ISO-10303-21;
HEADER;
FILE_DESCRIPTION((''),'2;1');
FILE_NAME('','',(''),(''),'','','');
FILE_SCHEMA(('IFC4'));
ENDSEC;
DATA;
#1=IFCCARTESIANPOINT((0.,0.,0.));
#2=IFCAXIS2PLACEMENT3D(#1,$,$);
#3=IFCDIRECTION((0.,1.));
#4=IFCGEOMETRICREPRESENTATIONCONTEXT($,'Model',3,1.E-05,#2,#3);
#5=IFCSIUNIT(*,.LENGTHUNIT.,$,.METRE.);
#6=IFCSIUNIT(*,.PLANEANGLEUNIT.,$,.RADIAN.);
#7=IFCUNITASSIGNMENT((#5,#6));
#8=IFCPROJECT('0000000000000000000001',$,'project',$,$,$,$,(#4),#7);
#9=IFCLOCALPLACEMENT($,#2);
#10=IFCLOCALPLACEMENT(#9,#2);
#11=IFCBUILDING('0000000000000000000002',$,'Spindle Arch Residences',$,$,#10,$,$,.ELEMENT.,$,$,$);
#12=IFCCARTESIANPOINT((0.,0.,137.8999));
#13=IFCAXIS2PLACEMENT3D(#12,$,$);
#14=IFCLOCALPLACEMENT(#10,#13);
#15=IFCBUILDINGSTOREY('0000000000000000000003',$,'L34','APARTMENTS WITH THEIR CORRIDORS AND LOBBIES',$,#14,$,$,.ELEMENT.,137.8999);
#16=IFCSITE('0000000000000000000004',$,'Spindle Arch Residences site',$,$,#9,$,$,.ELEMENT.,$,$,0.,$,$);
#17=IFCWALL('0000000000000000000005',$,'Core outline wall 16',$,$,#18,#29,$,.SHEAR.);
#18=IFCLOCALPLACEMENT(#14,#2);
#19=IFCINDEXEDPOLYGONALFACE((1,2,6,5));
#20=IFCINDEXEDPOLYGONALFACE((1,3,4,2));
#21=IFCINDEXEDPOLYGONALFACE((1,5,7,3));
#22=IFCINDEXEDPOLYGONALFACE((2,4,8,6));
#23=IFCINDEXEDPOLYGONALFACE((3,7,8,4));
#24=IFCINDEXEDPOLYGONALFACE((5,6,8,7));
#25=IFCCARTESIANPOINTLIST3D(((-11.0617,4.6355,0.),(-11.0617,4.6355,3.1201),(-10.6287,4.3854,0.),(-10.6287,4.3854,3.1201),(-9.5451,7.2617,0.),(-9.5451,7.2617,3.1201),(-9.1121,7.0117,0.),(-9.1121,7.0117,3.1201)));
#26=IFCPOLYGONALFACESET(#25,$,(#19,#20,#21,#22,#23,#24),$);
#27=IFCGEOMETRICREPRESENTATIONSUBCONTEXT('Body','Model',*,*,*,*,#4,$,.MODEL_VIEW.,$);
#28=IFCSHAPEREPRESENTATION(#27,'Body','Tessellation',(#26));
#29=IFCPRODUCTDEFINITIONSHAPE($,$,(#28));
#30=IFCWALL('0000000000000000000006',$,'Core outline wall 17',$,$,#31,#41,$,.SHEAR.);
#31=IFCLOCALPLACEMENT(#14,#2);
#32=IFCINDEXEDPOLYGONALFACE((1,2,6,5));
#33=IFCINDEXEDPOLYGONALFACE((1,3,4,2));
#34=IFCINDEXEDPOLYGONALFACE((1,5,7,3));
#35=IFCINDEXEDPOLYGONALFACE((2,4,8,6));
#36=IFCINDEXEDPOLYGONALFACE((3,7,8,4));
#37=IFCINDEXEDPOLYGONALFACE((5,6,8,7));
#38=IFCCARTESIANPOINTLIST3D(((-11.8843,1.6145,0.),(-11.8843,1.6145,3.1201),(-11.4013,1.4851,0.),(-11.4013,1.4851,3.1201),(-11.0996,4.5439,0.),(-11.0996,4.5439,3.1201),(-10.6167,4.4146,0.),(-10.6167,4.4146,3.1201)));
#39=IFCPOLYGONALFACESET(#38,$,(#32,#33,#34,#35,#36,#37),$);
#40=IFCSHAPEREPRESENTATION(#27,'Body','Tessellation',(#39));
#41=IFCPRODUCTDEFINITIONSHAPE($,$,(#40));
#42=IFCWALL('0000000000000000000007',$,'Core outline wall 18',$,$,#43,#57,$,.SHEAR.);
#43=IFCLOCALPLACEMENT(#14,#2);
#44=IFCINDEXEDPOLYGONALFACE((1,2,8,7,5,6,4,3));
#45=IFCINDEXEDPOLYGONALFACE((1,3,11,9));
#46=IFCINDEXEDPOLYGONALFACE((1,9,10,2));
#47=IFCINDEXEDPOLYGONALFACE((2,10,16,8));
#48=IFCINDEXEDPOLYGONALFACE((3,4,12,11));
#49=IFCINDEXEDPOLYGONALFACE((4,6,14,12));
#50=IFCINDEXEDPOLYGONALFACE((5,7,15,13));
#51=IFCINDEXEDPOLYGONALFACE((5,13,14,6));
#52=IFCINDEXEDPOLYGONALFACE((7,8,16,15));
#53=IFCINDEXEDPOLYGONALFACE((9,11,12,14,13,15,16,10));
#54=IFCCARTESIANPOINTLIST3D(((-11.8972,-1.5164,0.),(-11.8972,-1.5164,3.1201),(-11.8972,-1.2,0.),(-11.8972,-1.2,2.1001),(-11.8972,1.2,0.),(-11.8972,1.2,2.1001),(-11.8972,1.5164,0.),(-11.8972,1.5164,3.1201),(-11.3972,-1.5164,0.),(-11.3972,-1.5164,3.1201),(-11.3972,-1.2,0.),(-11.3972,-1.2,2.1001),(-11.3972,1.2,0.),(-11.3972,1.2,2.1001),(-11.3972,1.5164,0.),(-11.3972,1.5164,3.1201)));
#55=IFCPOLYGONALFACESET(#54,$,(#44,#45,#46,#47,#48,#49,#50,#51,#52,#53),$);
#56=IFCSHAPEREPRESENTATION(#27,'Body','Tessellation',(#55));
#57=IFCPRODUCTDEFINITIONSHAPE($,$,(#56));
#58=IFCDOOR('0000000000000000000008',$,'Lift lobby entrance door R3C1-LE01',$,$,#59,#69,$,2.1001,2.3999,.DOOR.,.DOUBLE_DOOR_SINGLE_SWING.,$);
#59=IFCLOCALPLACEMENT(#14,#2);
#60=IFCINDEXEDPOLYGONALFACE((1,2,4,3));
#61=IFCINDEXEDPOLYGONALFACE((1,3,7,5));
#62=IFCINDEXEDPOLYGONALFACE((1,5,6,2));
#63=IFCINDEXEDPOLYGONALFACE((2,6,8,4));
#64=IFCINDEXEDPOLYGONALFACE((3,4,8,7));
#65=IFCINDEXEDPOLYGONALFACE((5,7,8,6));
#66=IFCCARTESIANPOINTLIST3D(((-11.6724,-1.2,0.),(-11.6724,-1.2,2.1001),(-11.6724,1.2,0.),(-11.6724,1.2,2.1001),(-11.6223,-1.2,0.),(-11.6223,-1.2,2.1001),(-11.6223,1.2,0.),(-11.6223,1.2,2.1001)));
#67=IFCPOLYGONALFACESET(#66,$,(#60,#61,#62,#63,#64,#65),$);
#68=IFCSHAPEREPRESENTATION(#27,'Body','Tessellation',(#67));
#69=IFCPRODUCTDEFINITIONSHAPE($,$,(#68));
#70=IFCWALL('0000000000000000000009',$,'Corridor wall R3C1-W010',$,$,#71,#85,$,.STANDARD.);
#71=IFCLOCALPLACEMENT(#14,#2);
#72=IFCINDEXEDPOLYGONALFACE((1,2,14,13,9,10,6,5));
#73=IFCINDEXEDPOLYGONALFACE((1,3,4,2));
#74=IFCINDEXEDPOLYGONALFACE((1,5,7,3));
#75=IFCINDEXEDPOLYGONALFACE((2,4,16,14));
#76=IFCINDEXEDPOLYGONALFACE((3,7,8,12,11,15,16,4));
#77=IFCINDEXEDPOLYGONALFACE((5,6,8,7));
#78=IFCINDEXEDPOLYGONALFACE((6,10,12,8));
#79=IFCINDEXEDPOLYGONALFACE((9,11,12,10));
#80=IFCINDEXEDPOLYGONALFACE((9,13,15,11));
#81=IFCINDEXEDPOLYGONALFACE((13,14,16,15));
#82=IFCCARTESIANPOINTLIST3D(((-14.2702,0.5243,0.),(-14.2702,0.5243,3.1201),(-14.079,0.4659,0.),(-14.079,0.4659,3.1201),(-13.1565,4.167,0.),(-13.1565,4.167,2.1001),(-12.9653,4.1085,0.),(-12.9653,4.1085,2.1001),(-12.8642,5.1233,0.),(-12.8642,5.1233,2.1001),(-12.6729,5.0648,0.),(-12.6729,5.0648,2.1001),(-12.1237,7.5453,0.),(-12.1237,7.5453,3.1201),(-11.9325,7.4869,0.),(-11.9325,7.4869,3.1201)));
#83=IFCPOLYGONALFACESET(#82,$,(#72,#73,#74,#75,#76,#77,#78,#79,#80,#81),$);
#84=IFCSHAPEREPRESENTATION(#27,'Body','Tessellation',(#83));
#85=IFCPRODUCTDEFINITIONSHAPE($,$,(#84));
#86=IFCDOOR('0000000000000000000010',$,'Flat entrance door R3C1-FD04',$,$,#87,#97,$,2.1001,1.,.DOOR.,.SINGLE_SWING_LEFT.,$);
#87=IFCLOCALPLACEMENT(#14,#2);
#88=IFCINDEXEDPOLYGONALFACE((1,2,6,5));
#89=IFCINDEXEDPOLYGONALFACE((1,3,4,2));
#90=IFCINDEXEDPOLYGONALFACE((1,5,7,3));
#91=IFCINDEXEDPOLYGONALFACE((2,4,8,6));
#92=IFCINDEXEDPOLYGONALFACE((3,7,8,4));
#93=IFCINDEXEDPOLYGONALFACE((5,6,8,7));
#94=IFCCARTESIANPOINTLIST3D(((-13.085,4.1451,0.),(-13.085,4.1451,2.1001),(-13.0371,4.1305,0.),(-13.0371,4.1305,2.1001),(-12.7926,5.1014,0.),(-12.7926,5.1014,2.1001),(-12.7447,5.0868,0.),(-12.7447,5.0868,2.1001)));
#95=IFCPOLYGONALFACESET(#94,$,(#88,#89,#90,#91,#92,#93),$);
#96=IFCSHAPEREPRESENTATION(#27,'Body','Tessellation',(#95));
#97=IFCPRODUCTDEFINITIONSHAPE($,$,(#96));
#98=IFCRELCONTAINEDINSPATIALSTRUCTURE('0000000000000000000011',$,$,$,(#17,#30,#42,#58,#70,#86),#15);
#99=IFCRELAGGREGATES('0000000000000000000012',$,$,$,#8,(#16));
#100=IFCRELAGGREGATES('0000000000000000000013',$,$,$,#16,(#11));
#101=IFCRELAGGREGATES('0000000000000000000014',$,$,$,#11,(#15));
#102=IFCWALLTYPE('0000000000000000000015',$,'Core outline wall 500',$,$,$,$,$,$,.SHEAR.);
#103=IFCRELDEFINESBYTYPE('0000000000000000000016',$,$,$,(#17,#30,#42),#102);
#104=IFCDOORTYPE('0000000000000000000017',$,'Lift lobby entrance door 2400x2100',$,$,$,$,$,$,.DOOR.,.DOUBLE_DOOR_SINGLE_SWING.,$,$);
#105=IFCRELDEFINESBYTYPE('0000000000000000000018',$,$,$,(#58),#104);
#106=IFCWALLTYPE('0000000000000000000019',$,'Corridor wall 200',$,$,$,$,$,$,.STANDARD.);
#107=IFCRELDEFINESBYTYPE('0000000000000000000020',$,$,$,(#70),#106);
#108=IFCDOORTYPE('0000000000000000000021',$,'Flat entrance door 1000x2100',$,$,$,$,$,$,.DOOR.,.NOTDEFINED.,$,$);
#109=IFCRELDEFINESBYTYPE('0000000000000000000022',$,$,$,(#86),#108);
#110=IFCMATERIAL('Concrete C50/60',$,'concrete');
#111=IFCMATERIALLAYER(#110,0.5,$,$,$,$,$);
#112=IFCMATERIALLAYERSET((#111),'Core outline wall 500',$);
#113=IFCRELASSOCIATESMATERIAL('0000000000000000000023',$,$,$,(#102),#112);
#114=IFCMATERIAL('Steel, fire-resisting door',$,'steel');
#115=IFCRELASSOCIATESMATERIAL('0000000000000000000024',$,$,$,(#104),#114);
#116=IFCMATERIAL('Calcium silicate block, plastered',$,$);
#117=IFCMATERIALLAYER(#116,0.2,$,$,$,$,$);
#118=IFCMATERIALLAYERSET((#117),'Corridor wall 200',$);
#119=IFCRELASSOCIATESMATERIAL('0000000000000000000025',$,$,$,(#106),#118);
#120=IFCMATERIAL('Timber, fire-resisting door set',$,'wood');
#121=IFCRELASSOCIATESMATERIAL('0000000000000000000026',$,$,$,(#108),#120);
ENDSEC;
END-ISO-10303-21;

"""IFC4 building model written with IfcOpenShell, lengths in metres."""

from ifc_helpers import new_model, si_unit, direction, frame, frame_2d, origin, place, context, subcontext, project, spatial, rectangle, extrude, material, layer, layer_set, type_object, element, fill, save


model = new_model("IFC4")

# Units and contexts
model_context = context("Model", 3, precision=1e-05, world=origin(), true_north=direction((0.0, 1.0)))
body_context = subcontext(model_context, "Body", "Model", "MODEL_VIEW")
ifc_project = project(units=[si_unit("LENGTHUNIT", "METRE"), si_unit("PLANEANGLEUNIT", "RADIAN")], contexts=[model_context])

# Site, building, storey
site_placement = place(None, origin())
site = spatial("IfcSite", under=ifc_project, at=site_placement, Name="Spindle Arch Residences site", CompositionType="ELEMENT", RefElevation=0.0)
building_placement = place(site_placement, origin())
building = spatial("IfcBuilding", under=site, at=building_placement, Name="Spindle Arch Residences", CompositionType="ELEMENT")
storey_placement = place(building_placement, frame((0.0, 0.0, 137.8999)))
storey = spatial("IfcBuildingStorey", under=building, at=storey_placement, Name="L34", Description="APARTMENTS WITH THEIR CORRIDORS AND LOBBIES", CompositionType="ELEMENT", Elevation=137.8999)

# Walls
ifc_material_1 = material(Name="Concrete C50/60", Category="concrete")
ifc_layer_1 = layer(ifc_material_1, 0.5)
ifc_layer_set_1 = layer_set([ifc_layer_1], Name="Core outline wall 500")
wall_type_1 = type_object("IfcWallType", Name="Core outline wall 500", PredefinedType="SHEAR", material=ifc_layer_set_1)
for number, where, z_axis, x_axis, name in (
    (1, (-9.3286, 7.1367, 0.0), (0.0, 0.0, 1.0), (-0.500087, -0.865975, 0.0), "Core outline wall 16"),
    (2, (-10.8582, 4.4792, 0.0), (0.0, 0.0, 1.0), (-0.258735, -0.965948, 0.0), "Core outline wall 17"),
):
    element("IfcWall", number, at=place(storey_placement, frame(where, z_axis=z_axis, x_axis=x_axis)), inside=storey, type_object=wall_type_1, Name=name, PredefinedType="SHEAR", context=body_context, shape_type="SweptSolid", body=[
        extrude(rectangle(XDim=3.0327, YDim=0.5, at=frame_2d((1.5164, 0.0))), origin(), (0.0, 0.0, 1.0), 3.1201),
    ])

# Walls, openings, doors
wall_1_placement = place(storey_placement, frame((-11.6472, 1.5164, 0.0), z_axis=(0.0, 0.0, 1.0), x_axis=(0.0, -1.0, 0.0)))
wall_1 = element("IfcWall", 3, at=wall_1_placement, inside=storey, type_object=wall_type_1, Name="Core outline wall 18", PredefinedType="SHEAR", context=body_context, shape_type="SweptSolid", body=[
    extrude(rectangle(XDim=3.0327, YDim=0.5, at=frame_2d((1.5164, 0.0))), origin(), (0.0, 0.0, 1.0), 3.1201),
])
opening_1_placement = place(wall_1_placement, frame((0.3164, 0.0, 0.0)))
opening_1 = element("IfcOpeningElement", 4, at=opening_1_placement, cuts=wall_1, PredefinedType="OPENING", context=body_context, shape_type="SweptSolid", body=[
    extrude(rectangle(XDim=2.3999, YDim=2.1001, at=frame_2d((1.2, 1.05))), frame((0.0, 0.26, 0.0), z_axis=(0.0, -1.0, 0.0), x_axis=(1.0, 0.0, 0.0)), (0.0, 0.0, 1.0), 0.52),
])
ifc_material_2 = material(Name="Steel, fire-resisting door", Category="steel")
door_type_1 = type_object("IfcDoorType", Name="Lift lobby entrance door 2400x2100", OperationType="DOUBLE_DOOR_SINGLE_SWING", PredefinedType="DOOR", material=ifc_material_2)
door_1_placement = place(opening_1_placement, origin())
door_1 = element("IfcDoor", 5, at=door_1_placement, inside=storey, type_object=door_type_1, Name="Lift lobby entrance door R3C1-LE01", OperationType="DOUBLE_DOOR_SINGLE_SWING", OverallHeight=2.1001, OverallWidth=2.3999, PredefinedType="DOOR", context=body_context, shape_type="SweptSolid", body=[
    extrude(rectangle(XDim=2.3999, YDim=2.1001, at=frame_2d((1.2, 1.05))), frame((0.0, 0.0249, 0.0), z_axis=(0.0, -1.0, 0.0), x_axis=(1.0, 0.0, 0.0)), (0.0, 0.0, 1.0), 0.05),
])
fill(opening_1, door_1)
ifc_material_3 = material(Name="Calcium silicate block, plastered")
ifc_layer_2 = layer(ifc_material_3, 0.2)
ifc_layer_set_2 = layer_set([ifc_layer_2], Name="Corridor wall 200")
wall_type_2 = type_object("IfcWallType", Name="Corridor wall 200", PredefinedType="STANDARD", material=ifc_layer_set_2)
wall_2_placement = place(storey_placement, frame((-12.0281, 7.5161, 0.0), z_axis=(0.0, 0.0, 1.0), x_axis=(-0.292366, -0.956307, 0.0)))
wall_2 = element("IfcWall", 6, at=wall_2_placement, inside=storey, type_object=wall_type_2, Name="Corridor wall R3C1-W010", PredefinedType="STANDARD", context=body_context, shape_type="SweptSolid", body=[
    extrude(rectangle(XDim=7.3418, YDim=0.2, at=frame_2d((3.6709, 0.0))), origin(), (0.0, 0.0, 1.0), 3.1201),
])
opening_2_placement = place(wall_2_placement, frame((2.5327, 0.0, 0.0)))
opening_2 = element("IfcOpeningElement", 7, at=opening_2_placement, cuts=wall_2, PredefinedType="OPENING", context=body_context, shape_type="SweptSolid", body=[
    extrude(rectangle(XDim=1.0, YDim=2.1001, at=frame_2d((0.5, 1.05))), frame((0.0, 0.1099, 0.0), z_axis=(0.0, -1.0, 0.0), x_axis=(1.0, 0.0, 0.0)), (0.0, 0.0, 1.0), 0.22),
])
ifc_material_4 = material(Name="Timber, fire-resisting door set", Category="wood")
door_type_2 = type_object("IfcDoorType", Name="Flat entrance door 1000x2100", OperationType="NOTDEFINED", PredefinedType="DOOR", material=ifc_material_4)
door_2_placement = place(opening_2_placement, origin())
door_2 = element("IfcDoor", 8, at=door_2_placement, inside=storey, type_object=door_type_2, Name="Flat entrance door R3C1-FD04", OperationType="SINGLE_SWING_LEFT", OverallHeight=2.1001, OverallWidth=1.0, PredefinedType="DOOR", context=body_context, shape_type="SweptSolid", body=[
    extrude(rectangle(XDim=1.0, YDim=2.1001, at=frame_2d((0.5, 1.05))), frame((0.0, 0.0249, 0.0), z_axis=(0.0, -1.0, 0.0), x_axis=(1.0, 0.0, 0.0)), (0.0, 0.0, 1.0), 0.05),
])
fill(opening_2, door_2)

save(model, "model.ifc")
